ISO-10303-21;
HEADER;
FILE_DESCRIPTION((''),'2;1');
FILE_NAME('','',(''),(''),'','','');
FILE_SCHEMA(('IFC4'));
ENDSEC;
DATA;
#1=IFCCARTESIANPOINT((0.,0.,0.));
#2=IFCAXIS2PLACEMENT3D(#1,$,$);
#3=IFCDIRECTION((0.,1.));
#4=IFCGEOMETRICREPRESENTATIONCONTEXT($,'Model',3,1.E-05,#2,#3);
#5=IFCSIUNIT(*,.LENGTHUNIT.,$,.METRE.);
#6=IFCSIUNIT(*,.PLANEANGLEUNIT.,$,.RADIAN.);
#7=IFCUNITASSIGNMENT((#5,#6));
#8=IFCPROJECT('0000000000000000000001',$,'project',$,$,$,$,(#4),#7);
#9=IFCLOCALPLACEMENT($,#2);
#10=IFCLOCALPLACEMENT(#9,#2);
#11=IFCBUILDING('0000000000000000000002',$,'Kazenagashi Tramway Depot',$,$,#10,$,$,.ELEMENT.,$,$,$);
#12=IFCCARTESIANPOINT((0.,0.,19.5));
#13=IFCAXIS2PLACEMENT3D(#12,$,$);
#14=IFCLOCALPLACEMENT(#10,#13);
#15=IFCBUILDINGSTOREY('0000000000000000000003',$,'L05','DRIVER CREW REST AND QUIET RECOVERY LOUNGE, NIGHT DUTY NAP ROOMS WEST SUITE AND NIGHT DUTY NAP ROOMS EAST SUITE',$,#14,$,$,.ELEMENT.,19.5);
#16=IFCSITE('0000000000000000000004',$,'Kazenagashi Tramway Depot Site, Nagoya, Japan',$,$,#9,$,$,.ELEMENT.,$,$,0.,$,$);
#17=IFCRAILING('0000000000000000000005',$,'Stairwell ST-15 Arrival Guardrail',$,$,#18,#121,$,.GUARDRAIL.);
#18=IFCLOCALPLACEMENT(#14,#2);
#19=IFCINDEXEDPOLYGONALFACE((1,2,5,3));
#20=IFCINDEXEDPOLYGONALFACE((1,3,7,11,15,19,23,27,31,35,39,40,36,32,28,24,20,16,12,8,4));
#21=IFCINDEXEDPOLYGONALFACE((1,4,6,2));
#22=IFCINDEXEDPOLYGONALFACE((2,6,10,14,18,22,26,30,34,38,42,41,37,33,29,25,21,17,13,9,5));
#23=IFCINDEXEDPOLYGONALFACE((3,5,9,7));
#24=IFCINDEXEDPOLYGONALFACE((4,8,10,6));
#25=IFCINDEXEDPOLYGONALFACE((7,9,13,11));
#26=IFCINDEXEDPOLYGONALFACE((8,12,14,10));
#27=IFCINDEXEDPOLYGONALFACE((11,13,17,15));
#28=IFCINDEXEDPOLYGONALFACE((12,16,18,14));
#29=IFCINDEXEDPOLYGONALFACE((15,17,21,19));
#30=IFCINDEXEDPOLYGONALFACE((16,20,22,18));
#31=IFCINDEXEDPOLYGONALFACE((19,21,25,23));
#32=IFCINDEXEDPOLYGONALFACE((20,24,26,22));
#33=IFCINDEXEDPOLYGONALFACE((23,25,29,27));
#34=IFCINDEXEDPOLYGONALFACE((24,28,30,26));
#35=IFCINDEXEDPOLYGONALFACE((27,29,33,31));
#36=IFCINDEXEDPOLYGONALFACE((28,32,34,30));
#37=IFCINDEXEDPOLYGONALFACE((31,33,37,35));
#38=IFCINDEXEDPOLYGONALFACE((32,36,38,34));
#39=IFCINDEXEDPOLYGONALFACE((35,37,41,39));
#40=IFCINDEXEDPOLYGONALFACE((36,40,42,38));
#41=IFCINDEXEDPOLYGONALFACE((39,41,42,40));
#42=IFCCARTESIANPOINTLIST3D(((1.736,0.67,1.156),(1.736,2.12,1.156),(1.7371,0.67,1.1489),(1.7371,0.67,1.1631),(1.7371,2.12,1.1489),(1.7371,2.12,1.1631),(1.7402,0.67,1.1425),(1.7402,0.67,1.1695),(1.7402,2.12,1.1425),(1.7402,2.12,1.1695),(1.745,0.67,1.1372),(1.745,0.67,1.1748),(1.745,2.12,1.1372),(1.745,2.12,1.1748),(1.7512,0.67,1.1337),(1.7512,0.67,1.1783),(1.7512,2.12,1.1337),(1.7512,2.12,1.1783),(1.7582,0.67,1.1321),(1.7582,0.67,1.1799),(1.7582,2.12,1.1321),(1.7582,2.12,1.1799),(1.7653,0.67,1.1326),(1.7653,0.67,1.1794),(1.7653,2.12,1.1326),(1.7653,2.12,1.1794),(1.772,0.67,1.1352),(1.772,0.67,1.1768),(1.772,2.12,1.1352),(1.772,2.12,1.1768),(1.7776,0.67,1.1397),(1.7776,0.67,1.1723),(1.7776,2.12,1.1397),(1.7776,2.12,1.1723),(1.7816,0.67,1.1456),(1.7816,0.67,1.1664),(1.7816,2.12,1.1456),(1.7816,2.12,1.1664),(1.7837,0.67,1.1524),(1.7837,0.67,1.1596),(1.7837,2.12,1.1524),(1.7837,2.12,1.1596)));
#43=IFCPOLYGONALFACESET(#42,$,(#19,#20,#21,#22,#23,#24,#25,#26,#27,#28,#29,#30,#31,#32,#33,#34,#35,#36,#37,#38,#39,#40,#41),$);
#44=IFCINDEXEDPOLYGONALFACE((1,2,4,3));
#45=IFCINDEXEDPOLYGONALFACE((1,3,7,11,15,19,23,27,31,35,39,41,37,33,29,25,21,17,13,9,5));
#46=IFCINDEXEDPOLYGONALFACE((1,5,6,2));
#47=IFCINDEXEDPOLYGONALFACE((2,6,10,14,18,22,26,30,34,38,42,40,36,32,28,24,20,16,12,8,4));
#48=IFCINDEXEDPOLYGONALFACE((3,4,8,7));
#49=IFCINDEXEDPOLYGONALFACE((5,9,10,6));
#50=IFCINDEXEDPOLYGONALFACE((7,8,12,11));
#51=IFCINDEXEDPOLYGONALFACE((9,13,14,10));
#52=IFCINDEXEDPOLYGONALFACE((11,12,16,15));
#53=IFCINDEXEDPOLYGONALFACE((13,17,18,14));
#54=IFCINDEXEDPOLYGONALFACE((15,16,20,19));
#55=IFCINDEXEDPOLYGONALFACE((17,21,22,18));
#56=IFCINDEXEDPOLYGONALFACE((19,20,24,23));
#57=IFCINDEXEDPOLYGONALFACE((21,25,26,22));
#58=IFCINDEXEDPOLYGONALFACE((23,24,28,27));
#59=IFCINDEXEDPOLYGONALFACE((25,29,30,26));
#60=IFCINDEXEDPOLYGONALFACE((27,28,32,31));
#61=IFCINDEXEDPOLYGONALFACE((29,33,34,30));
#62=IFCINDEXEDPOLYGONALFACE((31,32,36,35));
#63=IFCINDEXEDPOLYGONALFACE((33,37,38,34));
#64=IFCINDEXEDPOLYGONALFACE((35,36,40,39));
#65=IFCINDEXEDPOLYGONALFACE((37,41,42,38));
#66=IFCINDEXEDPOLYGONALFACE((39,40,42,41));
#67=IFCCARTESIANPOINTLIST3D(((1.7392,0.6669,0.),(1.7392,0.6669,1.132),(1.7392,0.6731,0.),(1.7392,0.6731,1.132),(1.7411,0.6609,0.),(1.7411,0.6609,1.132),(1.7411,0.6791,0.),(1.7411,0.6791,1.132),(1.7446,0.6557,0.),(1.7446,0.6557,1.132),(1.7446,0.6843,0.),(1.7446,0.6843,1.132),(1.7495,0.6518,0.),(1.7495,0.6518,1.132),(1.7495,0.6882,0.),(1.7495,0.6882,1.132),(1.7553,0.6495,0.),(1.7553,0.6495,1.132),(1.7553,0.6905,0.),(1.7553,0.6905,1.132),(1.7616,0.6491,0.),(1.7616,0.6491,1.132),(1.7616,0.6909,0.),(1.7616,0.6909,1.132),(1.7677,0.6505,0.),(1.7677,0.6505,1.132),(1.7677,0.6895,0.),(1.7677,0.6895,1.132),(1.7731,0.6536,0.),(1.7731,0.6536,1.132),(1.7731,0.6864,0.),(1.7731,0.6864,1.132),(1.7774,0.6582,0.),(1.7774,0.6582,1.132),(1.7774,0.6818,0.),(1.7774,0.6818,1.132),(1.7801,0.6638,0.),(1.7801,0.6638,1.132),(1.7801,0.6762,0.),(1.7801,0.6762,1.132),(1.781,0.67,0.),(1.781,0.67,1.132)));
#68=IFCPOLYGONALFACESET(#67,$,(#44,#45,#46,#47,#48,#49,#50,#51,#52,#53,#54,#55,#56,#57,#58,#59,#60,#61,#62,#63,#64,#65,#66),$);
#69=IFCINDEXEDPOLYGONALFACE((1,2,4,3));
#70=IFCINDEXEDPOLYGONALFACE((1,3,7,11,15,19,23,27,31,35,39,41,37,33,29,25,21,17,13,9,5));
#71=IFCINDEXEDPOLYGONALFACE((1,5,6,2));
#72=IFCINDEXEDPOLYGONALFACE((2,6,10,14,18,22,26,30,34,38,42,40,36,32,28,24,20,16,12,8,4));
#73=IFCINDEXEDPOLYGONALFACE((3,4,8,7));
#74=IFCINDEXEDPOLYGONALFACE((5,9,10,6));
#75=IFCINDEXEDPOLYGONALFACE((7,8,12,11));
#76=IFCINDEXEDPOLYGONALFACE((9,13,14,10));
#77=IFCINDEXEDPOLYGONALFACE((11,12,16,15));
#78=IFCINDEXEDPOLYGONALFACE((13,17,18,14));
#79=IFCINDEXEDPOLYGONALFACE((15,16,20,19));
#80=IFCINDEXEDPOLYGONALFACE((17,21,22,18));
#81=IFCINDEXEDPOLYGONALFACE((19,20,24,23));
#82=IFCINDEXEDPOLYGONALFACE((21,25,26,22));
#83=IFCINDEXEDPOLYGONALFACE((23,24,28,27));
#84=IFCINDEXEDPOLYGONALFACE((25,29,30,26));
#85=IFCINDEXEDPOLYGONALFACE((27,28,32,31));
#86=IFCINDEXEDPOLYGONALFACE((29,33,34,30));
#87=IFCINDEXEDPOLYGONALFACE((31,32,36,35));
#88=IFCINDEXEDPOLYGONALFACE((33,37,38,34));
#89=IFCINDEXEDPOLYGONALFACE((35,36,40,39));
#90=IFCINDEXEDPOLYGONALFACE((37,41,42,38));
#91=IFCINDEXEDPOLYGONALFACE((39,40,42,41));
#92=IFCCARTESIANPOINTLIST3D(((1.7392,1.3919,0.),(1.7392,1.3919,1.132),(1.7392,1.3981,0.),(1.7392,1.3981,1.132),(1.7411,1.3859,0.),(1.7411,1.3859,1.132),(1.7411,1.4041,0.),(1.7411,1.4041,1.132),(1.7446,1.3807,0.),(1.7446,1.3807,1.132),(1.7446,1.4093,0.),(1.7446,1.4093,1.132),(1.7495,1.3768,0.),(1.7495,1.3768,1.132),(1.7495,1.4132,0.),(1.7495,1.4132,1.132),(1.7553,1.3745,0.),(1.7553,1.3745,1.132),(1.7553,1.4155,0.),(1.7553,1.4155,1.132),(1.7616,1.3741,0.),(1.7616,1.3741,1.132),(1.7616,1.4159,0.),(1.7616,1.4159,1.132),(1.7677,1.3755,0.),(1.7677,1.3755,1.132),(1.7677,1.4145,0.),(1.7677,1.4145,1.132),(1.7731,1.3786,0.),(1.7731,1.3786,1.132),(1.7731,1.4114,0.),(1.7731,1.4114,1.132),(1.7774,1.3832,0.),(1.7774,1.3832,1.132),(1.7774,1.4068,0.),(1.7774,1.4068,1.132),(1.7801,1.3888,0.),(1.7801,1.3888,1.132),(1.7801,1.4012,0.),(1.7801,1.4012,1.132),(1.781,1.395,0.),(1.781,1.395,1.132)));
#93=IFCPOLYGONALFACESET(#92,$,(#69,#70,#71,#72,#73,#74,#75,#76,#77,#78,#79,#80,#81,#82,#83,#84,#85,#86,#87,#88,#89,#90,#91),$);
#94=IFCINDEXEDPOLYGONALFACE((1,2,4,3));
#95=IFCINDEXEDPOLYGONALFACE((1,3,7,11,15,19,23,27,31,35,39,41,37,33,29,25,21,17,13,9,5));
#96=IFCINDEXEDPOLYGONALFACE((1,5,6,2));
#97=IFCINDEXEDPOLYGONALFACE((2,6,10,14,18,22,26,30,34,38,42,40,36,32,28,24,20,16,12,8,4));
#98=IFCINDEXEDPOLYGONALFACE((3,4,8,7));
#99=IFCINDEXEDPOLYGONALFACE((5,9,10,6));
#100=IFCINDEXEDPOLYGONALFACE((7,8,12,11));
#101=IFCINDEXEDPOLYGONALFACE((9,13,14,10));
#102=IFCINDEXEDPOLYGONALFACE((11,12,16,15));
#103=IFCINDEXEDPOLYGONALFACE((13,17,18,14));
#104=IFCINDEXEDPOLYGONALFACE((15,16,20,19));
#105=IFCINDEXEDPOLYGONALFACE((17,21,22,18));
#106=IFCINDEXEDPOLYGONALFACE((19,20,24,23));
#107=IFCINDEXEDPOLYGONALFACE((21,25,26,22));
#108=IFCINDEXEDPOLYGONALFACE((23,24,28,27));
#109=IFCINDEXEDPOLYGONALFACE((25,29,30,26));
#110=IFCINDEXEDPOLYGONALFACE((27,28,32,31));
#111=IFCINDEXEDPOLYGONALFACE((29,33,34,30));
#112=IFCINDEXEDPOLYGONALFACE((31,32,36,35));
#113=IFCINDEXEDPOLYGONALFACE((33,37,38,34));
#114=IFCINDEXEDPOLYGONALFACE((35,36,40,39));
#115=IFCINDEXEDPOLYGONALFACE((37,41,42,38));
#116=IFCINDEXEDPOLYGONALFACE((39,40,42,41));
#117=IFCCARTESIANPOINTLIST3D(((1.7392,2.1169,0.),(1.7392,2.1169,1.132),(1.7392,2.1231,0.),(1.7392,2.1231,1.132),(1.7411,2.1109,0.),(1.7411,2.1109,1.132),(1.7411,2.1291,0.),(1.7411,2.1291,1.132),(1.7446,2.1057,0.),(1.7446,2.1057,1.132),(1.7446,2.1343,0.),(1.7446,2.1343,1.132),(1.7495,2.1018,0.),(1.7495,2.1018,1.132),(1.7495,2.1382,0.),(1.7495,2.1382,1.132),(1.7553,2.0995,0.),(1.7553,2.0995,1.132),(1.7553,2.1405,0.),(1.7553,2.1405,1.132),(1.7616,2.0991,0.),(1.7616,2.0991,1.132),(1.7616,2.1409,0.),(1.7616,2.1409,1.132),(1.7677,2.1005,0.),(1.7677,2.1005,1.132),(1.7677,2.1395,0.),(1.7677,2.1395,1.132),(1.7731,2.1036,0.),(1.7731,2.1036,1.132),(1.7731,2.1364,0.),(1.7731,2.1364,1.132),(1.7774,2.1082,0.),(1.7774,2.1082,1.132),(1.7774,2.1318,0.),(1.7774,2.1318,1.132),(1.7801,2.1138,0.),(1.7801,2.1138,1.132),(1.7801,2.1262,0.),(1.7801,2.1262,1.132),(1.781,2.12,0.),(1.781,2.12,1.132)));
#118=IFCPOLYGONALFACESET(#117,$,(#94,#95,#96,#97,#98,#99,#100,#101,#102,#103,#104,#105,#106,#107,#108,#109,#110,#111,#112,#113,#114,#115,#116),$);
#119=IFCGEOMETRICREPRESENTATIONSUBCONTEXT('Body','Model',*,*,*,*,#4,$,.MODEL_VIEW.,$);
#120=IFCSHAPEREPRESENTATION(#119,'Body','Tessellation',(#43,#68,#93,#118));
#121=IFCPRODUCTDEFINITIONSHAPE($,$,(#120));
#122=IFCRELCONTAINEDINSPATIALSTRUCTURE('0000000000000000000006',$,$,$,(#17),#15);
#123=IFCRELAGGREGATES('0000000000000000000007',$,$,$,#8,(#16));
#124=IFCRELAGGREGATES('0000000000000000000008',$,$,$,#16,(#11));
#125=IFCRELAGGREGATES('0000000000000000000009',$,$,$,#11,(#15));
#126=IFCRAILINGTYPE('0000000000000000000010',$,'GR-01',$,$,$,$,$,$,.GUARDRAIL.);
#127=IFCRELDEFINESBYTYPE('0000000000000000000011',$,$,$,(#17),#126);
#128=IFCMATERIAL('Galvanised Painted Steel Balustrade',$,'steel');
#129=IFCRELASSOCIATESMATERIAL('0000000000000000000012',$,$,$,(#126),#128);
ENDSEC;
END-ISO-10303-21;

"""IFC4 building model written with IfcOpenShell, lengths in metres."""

from ifc_helpers import new_model, si_unit, direction, frame, origin, origin_2d, place, context, subcontext, project, spatial, circle, extrude, material, type_object, element, save


model = new_model("IFC4")

# Units and contexts
model_context = context("Model", 3, precision=1e-05, world=origin(), true_north=direction((0.0, 1.0)))
body_context = subcontext(model_context, "Body", "Model", "MODEL_VIEW")
ifc_project = project(units=[si_unit("LENGTHUNIT", "METRE"), si_unit("PLANEANGLEUNIT", "RADIAN")], contexts=[model_context])

# Site, building, storey
site_placement = place(None, origin())
site = spatial("IfcSite", under=ifc_project, at=site_placement, Name="Kazenagashi Tramway Depot Site, Nagoya, Japan", CompositionType="ELEMENT", RefElevation=0.0)
building_placement = place(site_placement, origin())
building = spatial("IfcBuilding", under=site, at=building_placement, Name="Kazenagashi Tramway Depot", CompositionType="ELEMENT")
storey_placement = place(building_placement, frame((0.0, 0.0, 19.5)))
storey = spatial("IfcBuildingStorey", under=building, at=storey_placement, Name="L05", Description="DRIVER CREW REST AND QUIET RECOVERY LOUNGE, NIGHT DUTY NAP ROOMS WEST SUITE AND NIGHT DUTY NAP ROOMS EAST SUITE", CompositionType="ELEMENT", Elevation=19.5)

# Railing
ifc_material_1 = material(Name="Galvanised Painted Steel Balustrade", Category="steel")
railing_type = type_object("IfcRailingType", Name="GR-01", PredefinedType="GUARDRAIL", material=ifc_material_1)
railing_placement = place(storey_placement, frame((1.76, 0.67, 0.0)))
element("IfcRailing", 1, at=railing_placement, inside=storey, type_object=railing_type, Name="Stairwell ST-15 Arrival Guardrail", PredefinedType="GUARDRAIL", context=body_context, shape_type="SweptSolid", body=[
    extrude(circle(Radius=0.024, at=origin_2d()), frame((0.0, 0.0, 1.156), z_axis=(0.0, 1.0, 0.0), x_axis=(-1.0, 0.0, 0.0)), (0.0, 0.0, 1.0), 1.45),
    extrude(circle(Radius=0.021, at=origin_2d()), origin(), (0.0, 0.0, 1.0), 1.132),
    extrude(circle(Radius=0.021, at=origin_2d()), frame((0.0, 0.725, 0.0)), (0.0, 0.0, 1.0), 1.132),
    extrude(circle(Radius=0.021, at=origin_2d()), frame((0.0, 1.45, 0.0)), (0.0, 0.0, 1.0), 1.132),
])

save(model, "model.ifc")
